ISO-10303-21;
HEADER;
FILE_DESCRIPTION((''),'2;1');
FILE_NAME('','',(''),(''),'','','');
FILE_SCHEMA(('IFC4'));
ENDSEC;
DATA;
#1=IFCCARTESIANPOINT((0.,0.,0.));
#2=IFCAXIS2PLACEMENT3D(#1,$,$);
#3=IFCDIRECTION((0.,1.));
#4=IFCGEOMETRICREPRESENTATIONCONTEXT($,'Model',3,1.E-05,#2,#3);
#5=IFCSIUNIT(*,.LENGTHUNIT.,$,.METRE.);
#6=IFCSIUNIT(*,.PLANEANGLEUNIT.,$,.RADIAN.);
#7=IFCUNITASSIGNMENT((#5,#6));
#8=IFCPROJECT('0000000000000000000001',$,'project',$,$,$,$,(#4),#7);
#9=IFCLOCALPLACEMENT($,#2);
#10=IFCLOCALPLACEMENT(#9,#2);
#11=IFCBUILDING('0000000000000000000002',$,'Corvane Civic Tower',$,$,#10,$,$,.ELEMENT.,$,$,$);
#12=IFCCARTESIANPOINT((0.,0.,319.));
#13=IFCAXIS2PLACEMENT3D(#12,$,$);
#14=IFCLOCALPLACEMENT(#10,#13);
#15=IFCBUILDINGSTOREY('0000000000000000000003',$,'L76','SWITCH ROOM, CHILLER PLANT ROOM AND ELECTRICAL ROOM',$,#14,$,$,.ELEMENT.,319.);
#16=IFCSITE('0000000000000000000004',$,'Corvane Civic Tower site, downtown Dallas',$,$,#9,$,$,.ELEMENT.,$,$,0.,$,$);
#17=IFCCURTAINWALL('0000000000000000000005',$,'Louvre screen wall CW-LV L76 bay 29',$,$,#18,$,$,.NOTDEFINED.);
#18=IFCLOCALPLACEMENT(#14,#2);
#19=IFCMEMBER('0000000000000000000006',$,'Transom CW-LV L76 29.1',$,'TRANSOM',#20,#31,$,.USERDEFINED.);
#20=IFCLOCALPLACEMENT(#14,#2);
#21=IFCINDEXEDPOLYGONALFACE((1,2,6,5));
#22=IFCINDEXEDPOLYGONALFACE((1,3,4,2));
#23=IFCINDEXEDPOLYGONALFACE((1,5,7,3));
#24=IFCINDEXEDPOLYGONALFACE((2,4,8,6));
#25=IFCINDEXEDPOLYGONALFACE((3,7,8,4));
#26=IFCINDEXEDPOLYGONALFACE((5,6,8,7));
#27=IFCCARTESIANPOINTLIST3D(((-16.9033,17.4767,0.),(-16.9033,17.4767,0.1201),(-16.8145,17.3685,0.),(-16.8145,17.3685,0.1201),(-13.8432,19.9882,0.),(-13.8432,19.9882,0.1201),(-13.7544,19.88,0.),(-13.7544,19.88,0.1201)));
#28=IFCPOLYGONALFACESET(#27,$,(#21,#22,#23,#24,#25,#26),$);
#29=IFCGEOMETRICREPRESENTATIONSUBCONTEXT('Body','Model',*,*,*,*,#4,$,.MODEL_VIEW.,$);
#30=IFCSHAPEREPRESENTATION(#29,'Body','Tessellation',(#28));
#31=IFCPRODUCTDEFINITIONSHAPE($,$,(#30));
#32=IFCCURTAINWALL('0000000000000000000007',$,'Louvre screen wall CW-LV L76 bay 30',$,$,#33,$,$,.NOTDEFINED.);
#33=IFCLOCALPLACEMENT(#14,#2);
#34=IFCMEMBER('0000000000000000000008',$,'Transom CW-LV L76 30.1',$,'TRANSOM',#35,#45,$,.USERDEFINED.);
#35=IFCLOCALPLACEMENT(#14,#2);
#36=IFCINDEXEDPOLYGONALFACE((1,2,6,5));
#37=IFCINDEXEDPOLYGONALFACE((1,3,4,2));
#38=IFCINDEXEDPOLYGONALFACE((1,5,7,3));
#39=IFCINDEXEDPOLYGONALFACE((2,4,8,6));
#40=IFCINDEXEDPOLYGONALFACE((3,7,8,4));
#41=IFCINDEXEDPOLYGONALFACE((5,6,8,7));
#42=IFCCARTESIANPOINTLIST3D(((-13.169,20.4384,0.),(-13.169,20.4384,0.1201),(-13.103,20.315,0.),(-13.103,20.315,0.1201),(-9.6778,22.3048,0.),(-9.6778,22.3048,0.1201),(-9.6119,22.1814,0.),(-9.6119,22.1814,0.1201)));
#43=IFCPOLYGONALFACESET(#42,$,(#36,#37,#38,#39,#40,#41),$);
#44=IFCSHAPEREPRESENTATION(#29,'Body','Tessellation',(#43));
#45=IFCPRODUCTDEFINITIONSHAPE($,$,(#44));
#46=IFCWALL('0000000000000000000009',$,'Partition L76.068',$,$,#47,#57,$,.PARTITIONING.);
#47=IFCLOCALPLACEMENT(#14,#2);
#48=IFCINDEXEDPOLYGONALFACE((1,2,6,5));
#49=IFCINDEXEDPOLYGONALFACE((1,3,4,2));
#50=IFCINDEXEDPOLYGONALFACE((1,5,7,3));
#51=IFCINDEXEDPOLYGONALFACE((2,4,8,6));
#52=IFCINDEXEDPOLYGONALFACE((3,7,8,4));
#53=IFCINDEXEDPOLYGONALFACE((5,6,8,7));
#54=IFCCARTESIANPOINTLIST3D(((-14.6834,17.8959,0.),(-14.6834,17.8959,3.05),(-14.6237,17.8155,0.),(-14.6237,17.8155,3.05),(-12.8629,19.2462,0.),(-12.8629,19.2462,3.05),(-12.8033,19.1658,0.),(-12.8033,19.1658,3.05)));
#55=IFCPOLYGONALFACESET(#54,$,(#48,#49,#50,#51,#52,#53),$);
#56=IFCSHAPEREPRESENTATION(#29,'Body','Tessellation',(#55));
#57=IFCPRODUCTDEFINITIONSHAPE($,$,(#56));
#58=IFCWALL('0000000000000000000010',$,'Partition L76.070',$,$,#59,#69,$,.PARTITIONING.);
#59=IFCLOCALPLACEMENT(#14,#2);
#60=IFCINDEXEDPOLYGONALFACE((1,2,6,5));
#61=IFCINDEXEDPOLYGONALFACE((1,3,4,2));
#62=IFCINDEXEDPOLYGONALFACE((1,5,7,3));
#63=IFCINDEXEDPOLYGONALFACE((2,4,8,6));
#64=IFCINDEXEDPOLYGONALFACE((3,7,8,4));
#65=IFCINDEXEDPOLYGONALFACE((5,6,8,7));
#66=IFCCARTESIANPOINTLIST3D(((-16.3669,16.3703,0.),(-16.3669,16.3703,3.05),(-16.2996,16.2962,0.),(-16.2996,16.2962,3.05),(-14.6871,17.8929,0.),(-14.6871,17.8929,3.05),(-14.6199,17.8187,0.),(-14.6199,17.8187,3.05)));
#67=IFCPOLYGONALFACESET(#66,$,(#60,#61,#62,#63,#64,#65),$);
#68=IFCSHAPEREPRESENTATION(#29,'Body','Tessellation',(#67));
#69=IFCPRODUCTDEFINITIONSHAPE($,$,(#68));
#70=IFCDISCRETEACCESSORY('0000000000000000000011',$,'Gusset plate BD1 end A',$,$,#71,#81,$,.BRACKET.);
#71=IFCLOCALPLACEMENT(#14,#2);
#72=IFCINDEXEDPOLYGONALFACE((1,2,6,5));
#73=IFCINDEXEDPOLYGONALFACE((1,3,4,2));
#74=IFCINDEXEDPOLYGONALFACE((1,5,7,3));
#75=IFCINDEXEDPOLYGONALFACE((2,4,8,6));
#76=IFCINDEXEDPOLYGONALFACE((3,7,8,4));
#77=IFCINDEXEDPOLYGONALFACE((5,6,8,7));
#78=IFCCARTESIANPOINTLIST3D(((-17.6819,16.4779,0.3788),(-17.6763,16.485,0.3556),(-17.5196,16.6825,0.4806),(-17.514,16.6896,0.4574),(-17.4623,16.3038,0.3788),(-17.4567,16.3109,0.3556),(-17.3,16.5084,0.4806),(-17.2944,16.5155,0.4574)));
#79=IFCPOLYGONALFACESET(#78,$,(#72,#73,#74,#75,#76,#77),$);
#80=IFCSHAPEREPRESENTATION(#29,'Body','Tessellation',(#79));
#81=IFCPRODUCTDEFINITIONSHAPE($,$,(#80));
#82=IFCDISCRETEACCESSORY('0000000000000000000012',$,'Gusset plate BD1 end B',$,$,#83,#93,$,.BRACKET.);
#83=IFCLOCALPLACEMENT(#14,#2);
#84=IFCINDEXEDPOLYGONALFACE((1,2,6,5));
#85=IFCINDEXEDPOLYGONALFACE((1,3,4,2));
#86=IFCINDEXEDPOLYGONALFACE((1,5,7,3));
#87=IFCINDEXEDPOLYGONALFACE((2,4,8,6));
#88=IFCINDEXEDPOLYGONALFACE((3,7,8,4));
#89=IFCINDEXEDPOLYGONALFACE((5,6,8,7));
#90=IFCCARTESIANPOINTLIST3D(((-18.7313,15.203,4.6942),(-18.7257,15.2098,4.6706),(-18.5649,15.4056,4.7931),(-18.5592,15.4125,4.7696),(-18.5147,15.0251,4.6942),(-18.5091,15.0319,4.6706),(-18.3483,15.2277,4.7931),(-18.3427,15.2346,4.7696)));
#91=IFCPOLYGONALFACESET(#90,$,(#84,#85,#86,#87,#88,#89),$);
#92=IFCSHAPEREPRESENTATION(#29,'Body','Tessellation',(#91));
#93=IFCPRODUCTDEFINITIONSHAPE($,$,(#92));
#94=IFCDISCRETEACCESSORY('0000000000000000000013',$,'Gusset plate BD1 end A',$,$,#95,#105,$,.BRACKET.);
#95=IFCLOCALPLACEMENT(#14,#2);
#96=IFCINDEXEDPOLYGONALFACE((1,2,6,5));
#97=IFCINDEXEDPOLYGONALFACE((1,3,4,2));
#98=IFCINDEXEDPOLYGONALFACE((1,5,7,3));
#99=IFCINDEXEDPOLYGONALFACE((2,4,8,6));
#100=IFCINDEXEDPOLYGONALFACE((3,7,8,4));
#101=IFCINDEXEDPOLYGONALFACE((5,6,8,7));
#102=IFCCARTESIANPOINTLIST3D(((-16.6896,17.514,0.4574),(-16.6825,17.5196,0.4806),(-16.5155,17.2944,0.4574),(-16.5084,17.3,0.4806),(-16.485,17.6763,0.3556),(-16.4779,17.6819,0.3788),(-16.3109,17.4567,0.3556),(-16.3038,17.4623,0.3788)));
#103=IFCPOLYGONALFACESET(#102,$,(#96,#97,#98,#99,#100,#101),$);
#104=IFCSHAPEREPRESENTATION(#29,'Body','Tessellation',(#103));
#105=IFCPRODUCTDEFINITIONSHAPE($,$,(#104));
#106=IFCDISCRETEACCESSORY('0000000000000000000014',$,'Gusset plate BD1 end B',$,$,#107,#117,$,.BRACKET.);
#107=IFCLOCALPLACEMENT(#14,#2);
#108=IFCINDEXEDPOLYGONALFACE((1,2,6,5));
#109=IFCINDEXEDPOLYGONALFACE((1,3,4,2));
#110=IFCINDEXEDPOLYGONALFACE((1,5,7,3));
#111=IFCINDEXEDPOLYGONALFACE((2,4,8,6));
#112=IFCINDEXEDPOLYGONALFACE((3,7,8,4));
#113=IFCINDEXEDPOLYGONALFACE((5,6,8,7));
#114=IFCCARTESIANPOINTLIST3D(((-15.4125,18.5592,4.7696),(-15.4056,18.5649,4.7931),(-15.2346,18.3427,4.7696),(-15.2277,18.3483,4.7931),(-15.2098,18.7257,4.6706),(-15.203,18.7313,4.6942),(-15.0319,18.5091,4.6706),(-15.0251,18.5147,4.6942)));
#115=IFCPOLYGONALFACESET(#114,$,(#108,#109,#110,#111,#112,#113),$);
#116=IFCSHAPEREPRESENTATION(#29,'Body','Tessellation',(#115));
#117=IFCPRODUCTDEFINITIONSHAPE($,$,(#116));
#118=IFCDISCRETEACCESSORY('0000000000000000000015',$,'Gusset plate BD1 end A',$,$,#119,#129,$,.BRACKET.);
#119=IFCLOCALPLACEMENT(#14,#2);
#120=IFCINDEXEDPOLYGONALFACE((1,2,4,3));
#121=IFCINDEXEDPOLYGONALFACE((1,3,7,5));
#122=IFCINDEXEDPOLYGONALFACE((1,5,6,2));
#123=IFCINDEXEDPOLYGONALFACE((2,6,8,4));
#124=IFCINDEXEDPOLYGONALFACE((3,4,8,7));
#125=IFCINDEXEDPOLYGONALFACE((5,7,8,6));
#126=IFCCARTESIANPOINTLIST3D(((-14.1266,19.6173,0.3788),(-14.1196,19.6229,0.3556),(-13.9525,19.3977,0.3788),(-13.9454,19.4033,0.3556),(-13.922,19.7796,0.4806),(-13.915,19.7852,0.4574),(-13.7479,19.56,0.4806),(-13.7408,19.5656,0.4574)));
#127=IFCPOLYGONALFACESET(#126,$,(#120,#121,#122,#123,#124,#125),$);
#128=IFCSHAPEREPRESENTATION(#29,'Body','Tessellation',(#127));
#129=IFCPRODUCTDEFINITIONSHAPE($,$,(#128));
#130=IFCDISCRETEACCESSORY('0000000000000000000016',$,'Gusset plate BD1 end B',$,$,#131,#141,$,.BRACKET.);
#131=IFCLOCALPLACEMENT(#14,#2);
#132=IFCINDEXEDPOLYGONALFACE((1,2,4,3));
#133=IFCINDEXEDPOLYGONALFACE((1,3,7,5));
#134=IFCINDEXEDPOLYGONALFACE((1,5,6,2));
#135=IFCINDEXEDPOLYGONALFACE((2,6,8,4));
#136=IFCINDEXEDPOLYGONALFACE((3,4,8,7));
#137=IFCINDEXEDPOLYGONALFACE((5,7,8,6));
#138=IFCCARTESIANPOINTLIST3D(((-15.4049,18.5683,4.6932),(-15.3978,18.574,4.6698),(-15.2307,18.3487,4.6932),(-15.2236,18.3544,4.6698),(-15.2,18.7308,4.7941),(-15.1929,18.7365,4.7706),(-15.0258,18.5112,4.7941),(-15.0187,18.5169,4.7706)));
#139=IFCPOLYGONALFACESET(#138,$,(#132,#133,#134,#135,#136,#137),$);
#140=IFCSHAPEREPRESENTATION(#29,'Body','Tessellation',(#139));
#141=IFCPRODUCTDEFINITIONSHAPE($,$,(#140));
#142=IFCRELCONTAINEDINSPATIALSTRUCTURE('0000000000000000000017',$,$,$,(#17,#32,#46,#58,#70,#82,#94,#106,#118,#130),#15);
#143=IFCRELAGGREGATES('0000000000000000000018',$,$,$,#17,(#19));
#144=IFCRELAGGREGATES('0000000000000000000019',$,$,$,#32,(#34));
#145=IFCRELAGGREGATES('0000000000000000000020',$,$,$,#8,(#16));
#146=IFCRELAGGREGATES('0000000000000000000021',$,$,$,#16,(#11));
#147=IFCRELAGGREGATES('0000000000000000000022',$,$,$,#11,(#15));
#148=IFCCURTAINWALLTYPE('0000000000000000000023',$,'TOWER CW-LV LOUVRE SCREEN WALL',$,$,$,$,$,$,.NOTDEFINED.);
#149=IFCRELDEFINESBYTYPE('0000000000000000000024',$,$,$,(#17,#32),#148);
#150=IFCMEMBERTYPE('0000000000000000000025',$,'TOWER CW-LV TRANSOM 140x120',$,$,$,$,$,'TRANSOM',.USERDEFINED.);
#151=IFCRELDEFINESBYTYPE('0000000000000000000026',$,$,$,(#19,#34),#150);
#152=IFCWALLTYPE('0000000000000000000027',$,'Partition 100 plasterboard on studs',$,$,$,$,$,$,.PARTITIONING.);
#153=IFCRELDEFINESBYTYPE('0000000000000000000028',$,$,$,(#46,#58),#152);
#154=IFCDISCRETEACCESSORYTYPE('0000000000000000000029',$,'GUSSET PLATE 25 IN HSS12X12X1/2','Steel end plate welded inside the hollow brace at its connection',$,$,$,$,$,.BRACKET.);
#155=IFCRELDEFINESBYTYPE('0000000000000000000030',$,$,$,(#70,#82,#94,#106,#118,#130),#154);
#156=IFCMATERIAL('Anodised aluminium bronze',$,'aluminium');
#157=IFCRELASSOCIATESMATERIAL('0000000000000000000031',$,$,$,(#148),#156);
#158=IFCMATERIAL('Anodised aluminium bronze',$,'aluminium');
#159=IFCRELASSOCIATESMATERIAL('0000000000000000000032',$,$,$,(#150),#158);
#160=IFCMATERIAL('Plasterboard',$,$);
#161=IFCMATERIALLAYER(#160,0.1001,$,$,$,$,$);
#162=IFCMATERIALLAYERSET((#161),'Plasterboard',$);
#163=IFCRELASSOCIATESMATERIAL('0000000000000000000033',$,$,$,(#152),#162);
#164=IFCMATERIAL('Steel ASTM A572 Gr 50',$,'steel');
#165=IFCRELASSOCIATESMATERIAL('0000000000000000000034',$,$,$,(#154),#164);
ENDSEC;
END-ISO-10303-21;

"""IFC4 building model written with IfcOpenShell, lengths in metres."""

from ifc_helpers import new_model, si_unit, direction, frame, frame_2d, origin, origin_2d, place, context, subcontext, project, spatial, rectangle, extrude, material, layer, layer_set, material_profile, profile_set, type_object, element, aggregate, save


model = new_model("IFC4")

# Units and contexts
model_context = context("Model", 3, precision=1e-05, world=origin(), true_north=direction((0.0, 1.0)))
body_context = subcontext(model_context, "Body", "Model", "MODEL_VIEW")
ifc_project = project(units=[si_unit("LENGTHUNIT", "METRE"), si_unit("PLANEANGLEUNIT", "RADIAN")], contexts=[model_context])

# Site, building, storey
site_placement = place(None, origin())
site = spatial("IfcSite", under=ifc_project, at=site_placement, Name="Corvane Civic Tower site, downtown Dallas", CompositionType="ELEMENT", RefElevation=0.0)
building_placement = place(site_placement, origin())
building = spatial("IfcBuilding", under=site, at=building_placement, Name="Corvane Civic Tower", CompositionType="ELEMENT")
storey_placement = place(building_placement, frame((0.0, 0.0, 319.0)))
storey = spatial("IfcBuildingStorey", under=building, at=storey_placement, Name="L76", Description="SWITCH ROOM, CHILLER PLANT ROOM AND ELECTRICAL ROOM", CompositionType="ELEMENT", Elevation=319.0)

# Curtain walls, members
ifc_material_1 = material(Name="Anodised aluminium bronze", Category="aluminium")
curtain_wall_type = type_object("IfcCurtainWallType", Name="TOWER CW-LV LOUVRE SCREEN WALL", PredefinedType="NOTDEFINED", material=ifc_material_1)
curtain_wall_1_placement = place(storey_placement, origin())
curtain_wall_1 = element("IfcCurtainWall", 1, at=curtain_wall_1_placement, inside=storey, type_object=curtain_wall_type, Name="Louvre screen wall CW-LV L76 bay 29", PredefinedType="NOTDEFINED")
ifc_material_2 = material(Name="Anodised aluminium bronze", Category="aluminium")
ifc_material_profile_1 = material_profile(ifc_material_2, rectangle(XDim=0.1399, YDim=0.1201, at=origin_2d()), Name="TOWER CW-LV TRANSOM 140x120")
ifc_profile_set_1 = profile_set([ifc_material_profile_1], Name="Anodised aluminium bronze")
member_type_1 = type_object("IfcMemberType", Name="TOWER CW-LV TRANSOM 140x120", ElementType="TRANSOM", PredefinedType="USERDEFINED", material=ifc_profile_set_1)
member_1_placement = place(storey_placement, frame((-16.8589, 17.4226, 0.0601), z_axis=(0.772992, 0.634416, 0.0), x_axis=(-0.634416, 0.772992, 0.0)))
member_1 = element("IfcMember", 2, at=member_1_placement, type_object=member_type_1, Name="Transom CW-LV L76 29.1", ObjectType="TRANSOM", PredefinedType="USERDEFINED", context=body_context, shape_type="SweptSolid", body=[
    extrude(rectangle(XDim=0.1399, YDim=0.1201, at=origin_2d()), origin(), (0.0, 0.0, 1.0), 3.9587),
])
curtain_wall_2_placement = place(storey_placement, origin())
curtain_wall_2 = element("IfcCurtainWall", 3, at=curtain_wall_2_placement, inside=storey, type_object=curtain_wall_type, Name="Louvre screen wall CW-LV L76 bay 30", PredefinedType="NOTDEFINED")
member_2_placement = place(storey_placement, frame((-13.136, 20.3767, 0.0601), z_axis=(0.881883, 0.471468, 0.0), x_axis=(-0.471468, 0.881883, 0.0)))
member_2 = element("IfcMember", 4, at=member_2_placement, type_object=member_type_1, Name="Transom CW-LV L76 30.1", ObjectType="TRANSOM", PredefinedType="USERDEFINED", context=body_context, shape_type="SweptSolid", body=[
    extrude(rectangle(XDim=0.1399, YDim=0.1201, at=origin_2d()), origin(), (0.0, 0.0, 1.0), 3.9587),
])

# Walls
ifc_material_3 = material(Name="Plasterboard")
ifc_layer = layer(ifc_material_3, 0.1001)
ifc_layer_set = layer_set([ifc_layer], Name="Plasterboard")
wall_type = type_object("IfcWallType", Name="Partition 100 plasterboard on studs", PredefinedType="PARTITIONING", material=ifc_layer_set)
wall_1_placement = place(storey_placement, frame((-14.6536, 17.8557, 0.0), z_axis=(0.0, 0.0, 1.0), x_axis=(0.803181, 0.595735, 0.0)))
element("IfcWall", 5, at=wall_1_placement, inside=storey, type_object=wall_type, Name="Partition L76.068", PredefinedType="PARTITIONING", context=body_context, shape_type="SweptSolid", body=[
    extrude(rectangle(XDim=2.2666, YDim=0.1001, at=frame_2d((1.1333, 0.0))), origin(), (0.0, 0.0, 1.0), 3.05),
])
wall_2_placement = place(storey_placement, frame((-16.3333, 16.3333, 0.0), z_axis=(0.0, 0.0, 1.0), x_axis=(0.740933, 0.671579, 0.0)))
element("IfcWall", 6, at=wall_2_placement, inside=storey, type_object=wall_type, Name="Partition L76.070", PredefinedType="PARTITIONING", context=body_context, shape_type="SweptSolid", body=[
    extrude(rectangle(XDim=2.2671, YDim=0.1001, at=frame_2d((1.1335, 0.0))), origin(), (0.0, 0.0, 1.0), 3.05),
])

aggregate(curtain_wall_1, [member_1])
aggregate(curtain_wall_2, [member_2])

# Discrete accessories
ifc_material_4 = material(Name="Steel ASTM A572 Gr 50", Category="steel")
ifc_material_profile_2 = material_profile(ifc_material_4, rectangle(XDim=0.2803, YDim=0.2803, at=origin_2d()), Name="GUSSET PLATE 25 IN HSS12X12X1/2")
ifc_profile_set_2 = profile_set([ifc_material_profile_2], Name="Steel ASTM A572 Gr 50")
discrete_accessory_type = type_object("IfcDiscreteAccessoryType", Name="GUSSET PLATE 25 IN HSS12X12X1/2", Description="Steel end plate welded inside the hollow brace at its connection", PredefinedType="BRACKET", material=ifc_profile_set_2)
discrete_accessory_1_placement = place(storey_placement, frame((-17.4854, 16.5002, 0.4065), z_axis=(-0.225588, -0.284437, 0.931776), x_axis=(0.783498, -0.621395, 0.0)))
element("IfcDiscreteAccessory", 7, at=discrete_accessory_1_placement, inside=storey, type_object=discrete_accessory_type, Name="Gusset plate BD1 end A", PredefinedType="BRACKET", context=body_context, shape_type="SweptSolid", body=[
    extrude(rectangle(XDim=0.2803, YDim=0.2803, at=origin_2d()), origin(), (0.0, 0.0, 1.0), 0.0249),
])
discrete_accessory_2_placement = place(storey_placement, frame((-18.5398, 15.2153, 4.7437), z_axis=(0.224148, 0.272875, -0.935573), x_axis=(-0.772726, 0.634739, 0.0)))
element("IfcDiscreteAccessory", 8, at=discrete_accessory_2_placement, inside=storey, type_object=discrete_accessory_type, Name="Gusset plate BD1 end B", PredefinedType="BRACKET", context=body_context, shape_type="SweptSolid", body=[
    extrude(rectangle(XDim=0.2803, YDim=0.2803, at=origin_2d()), origin(), (0.0, 0.0, 1.0), 0.0251),
])
discrete_accessory_3_placement = place(storey_placement, frame((-16.5002, 17.4854, 0.4065), z_axis=(0.284437, 0.225588, 0.931776), x_axis=(-0.621395, 0.783498, 0.0)))
element("IfcDiscreteAccessory", 9, at=discrete_accessory_3_placement, inside=storey, type_object=discrete_accessory_type, Name="Gusset plate BD1 end A", PredefinedType="BRACKET", context=body_context, shape_type="SweptSolid", body=[
    extrude(rectangle(XDim=0.2803, YDim=0.2803, at=origin_2d()), origin(), (0.0, 0.0, 1.0), 0.0249),
])
discrete_accessory_4_placement = place(storey_placement, frame((-15.2153, 18.5398, 4.7437), z_axis=(-0.272875, -0.224148, -0.935573), x_axis=(0.634739, -0.772726, 0.0)))
element("IfcDiscreteAccessory", 10, at=discrete_accessory_4_placement, inside=storey, type_object=discrete_accessory_type, Name="Gusset plate BD1 end B", PredefinedType="BRACKET", context=body_context, shape_type="SweptSolid", body=[
    extrude(rectangle(XDim=0.2803, YDim=0.2803, at=origin_2d()), origin(), (0.0, 0.0, 1.0), 0.0251),
])
discrete_accessory_5_placement = place(storey_placement, frame((-13.9302, 19.5942, 0.4065), z_axis=(-0.284437, -0.225588, 0.931776), x_axis=(0.621395, -0.783498, 0.0)))
element("IfcDiscreteAccessory", 11, at=discrete_accessory_5_placement, inside=storey, type_object=discrete_accessory_type, Name="Gusset plate BD1 end A", PredefinedType="BRACKET", context=body_context, shape_type="SweptSolid", body=[
    extrude(rectangle(XDim=0.2803, YDim=0.2803, at=origin_2d()), origin(), (0.0, 0.0, 1.0), 0.0249),
])
discrete_accessory_6_placement = place(storey_placement, frame((-15.2153, 18.5398, 4.7437), z_axis=(0.281859, 0.223543, -0.933051), x_axis=(-0.621395, 0.783498, 0.0)))
element("IfcDiscreteAccessory", 12, at=discrete_accessory_6_placement, inside=storey, type_object=discrete_accessory_type, Name="Gusset plate BD1 end B", PredefinedType="BRACKET", context=body_context, shape_type="SweptSolid", body=[
    extrude(rectangle(XDim=0.2803, YDim=0.2803, at=origin_2d()), origin(), (0.0, 0.0, 1.0), 0.0251),
])

save(model, "model.ifc")
